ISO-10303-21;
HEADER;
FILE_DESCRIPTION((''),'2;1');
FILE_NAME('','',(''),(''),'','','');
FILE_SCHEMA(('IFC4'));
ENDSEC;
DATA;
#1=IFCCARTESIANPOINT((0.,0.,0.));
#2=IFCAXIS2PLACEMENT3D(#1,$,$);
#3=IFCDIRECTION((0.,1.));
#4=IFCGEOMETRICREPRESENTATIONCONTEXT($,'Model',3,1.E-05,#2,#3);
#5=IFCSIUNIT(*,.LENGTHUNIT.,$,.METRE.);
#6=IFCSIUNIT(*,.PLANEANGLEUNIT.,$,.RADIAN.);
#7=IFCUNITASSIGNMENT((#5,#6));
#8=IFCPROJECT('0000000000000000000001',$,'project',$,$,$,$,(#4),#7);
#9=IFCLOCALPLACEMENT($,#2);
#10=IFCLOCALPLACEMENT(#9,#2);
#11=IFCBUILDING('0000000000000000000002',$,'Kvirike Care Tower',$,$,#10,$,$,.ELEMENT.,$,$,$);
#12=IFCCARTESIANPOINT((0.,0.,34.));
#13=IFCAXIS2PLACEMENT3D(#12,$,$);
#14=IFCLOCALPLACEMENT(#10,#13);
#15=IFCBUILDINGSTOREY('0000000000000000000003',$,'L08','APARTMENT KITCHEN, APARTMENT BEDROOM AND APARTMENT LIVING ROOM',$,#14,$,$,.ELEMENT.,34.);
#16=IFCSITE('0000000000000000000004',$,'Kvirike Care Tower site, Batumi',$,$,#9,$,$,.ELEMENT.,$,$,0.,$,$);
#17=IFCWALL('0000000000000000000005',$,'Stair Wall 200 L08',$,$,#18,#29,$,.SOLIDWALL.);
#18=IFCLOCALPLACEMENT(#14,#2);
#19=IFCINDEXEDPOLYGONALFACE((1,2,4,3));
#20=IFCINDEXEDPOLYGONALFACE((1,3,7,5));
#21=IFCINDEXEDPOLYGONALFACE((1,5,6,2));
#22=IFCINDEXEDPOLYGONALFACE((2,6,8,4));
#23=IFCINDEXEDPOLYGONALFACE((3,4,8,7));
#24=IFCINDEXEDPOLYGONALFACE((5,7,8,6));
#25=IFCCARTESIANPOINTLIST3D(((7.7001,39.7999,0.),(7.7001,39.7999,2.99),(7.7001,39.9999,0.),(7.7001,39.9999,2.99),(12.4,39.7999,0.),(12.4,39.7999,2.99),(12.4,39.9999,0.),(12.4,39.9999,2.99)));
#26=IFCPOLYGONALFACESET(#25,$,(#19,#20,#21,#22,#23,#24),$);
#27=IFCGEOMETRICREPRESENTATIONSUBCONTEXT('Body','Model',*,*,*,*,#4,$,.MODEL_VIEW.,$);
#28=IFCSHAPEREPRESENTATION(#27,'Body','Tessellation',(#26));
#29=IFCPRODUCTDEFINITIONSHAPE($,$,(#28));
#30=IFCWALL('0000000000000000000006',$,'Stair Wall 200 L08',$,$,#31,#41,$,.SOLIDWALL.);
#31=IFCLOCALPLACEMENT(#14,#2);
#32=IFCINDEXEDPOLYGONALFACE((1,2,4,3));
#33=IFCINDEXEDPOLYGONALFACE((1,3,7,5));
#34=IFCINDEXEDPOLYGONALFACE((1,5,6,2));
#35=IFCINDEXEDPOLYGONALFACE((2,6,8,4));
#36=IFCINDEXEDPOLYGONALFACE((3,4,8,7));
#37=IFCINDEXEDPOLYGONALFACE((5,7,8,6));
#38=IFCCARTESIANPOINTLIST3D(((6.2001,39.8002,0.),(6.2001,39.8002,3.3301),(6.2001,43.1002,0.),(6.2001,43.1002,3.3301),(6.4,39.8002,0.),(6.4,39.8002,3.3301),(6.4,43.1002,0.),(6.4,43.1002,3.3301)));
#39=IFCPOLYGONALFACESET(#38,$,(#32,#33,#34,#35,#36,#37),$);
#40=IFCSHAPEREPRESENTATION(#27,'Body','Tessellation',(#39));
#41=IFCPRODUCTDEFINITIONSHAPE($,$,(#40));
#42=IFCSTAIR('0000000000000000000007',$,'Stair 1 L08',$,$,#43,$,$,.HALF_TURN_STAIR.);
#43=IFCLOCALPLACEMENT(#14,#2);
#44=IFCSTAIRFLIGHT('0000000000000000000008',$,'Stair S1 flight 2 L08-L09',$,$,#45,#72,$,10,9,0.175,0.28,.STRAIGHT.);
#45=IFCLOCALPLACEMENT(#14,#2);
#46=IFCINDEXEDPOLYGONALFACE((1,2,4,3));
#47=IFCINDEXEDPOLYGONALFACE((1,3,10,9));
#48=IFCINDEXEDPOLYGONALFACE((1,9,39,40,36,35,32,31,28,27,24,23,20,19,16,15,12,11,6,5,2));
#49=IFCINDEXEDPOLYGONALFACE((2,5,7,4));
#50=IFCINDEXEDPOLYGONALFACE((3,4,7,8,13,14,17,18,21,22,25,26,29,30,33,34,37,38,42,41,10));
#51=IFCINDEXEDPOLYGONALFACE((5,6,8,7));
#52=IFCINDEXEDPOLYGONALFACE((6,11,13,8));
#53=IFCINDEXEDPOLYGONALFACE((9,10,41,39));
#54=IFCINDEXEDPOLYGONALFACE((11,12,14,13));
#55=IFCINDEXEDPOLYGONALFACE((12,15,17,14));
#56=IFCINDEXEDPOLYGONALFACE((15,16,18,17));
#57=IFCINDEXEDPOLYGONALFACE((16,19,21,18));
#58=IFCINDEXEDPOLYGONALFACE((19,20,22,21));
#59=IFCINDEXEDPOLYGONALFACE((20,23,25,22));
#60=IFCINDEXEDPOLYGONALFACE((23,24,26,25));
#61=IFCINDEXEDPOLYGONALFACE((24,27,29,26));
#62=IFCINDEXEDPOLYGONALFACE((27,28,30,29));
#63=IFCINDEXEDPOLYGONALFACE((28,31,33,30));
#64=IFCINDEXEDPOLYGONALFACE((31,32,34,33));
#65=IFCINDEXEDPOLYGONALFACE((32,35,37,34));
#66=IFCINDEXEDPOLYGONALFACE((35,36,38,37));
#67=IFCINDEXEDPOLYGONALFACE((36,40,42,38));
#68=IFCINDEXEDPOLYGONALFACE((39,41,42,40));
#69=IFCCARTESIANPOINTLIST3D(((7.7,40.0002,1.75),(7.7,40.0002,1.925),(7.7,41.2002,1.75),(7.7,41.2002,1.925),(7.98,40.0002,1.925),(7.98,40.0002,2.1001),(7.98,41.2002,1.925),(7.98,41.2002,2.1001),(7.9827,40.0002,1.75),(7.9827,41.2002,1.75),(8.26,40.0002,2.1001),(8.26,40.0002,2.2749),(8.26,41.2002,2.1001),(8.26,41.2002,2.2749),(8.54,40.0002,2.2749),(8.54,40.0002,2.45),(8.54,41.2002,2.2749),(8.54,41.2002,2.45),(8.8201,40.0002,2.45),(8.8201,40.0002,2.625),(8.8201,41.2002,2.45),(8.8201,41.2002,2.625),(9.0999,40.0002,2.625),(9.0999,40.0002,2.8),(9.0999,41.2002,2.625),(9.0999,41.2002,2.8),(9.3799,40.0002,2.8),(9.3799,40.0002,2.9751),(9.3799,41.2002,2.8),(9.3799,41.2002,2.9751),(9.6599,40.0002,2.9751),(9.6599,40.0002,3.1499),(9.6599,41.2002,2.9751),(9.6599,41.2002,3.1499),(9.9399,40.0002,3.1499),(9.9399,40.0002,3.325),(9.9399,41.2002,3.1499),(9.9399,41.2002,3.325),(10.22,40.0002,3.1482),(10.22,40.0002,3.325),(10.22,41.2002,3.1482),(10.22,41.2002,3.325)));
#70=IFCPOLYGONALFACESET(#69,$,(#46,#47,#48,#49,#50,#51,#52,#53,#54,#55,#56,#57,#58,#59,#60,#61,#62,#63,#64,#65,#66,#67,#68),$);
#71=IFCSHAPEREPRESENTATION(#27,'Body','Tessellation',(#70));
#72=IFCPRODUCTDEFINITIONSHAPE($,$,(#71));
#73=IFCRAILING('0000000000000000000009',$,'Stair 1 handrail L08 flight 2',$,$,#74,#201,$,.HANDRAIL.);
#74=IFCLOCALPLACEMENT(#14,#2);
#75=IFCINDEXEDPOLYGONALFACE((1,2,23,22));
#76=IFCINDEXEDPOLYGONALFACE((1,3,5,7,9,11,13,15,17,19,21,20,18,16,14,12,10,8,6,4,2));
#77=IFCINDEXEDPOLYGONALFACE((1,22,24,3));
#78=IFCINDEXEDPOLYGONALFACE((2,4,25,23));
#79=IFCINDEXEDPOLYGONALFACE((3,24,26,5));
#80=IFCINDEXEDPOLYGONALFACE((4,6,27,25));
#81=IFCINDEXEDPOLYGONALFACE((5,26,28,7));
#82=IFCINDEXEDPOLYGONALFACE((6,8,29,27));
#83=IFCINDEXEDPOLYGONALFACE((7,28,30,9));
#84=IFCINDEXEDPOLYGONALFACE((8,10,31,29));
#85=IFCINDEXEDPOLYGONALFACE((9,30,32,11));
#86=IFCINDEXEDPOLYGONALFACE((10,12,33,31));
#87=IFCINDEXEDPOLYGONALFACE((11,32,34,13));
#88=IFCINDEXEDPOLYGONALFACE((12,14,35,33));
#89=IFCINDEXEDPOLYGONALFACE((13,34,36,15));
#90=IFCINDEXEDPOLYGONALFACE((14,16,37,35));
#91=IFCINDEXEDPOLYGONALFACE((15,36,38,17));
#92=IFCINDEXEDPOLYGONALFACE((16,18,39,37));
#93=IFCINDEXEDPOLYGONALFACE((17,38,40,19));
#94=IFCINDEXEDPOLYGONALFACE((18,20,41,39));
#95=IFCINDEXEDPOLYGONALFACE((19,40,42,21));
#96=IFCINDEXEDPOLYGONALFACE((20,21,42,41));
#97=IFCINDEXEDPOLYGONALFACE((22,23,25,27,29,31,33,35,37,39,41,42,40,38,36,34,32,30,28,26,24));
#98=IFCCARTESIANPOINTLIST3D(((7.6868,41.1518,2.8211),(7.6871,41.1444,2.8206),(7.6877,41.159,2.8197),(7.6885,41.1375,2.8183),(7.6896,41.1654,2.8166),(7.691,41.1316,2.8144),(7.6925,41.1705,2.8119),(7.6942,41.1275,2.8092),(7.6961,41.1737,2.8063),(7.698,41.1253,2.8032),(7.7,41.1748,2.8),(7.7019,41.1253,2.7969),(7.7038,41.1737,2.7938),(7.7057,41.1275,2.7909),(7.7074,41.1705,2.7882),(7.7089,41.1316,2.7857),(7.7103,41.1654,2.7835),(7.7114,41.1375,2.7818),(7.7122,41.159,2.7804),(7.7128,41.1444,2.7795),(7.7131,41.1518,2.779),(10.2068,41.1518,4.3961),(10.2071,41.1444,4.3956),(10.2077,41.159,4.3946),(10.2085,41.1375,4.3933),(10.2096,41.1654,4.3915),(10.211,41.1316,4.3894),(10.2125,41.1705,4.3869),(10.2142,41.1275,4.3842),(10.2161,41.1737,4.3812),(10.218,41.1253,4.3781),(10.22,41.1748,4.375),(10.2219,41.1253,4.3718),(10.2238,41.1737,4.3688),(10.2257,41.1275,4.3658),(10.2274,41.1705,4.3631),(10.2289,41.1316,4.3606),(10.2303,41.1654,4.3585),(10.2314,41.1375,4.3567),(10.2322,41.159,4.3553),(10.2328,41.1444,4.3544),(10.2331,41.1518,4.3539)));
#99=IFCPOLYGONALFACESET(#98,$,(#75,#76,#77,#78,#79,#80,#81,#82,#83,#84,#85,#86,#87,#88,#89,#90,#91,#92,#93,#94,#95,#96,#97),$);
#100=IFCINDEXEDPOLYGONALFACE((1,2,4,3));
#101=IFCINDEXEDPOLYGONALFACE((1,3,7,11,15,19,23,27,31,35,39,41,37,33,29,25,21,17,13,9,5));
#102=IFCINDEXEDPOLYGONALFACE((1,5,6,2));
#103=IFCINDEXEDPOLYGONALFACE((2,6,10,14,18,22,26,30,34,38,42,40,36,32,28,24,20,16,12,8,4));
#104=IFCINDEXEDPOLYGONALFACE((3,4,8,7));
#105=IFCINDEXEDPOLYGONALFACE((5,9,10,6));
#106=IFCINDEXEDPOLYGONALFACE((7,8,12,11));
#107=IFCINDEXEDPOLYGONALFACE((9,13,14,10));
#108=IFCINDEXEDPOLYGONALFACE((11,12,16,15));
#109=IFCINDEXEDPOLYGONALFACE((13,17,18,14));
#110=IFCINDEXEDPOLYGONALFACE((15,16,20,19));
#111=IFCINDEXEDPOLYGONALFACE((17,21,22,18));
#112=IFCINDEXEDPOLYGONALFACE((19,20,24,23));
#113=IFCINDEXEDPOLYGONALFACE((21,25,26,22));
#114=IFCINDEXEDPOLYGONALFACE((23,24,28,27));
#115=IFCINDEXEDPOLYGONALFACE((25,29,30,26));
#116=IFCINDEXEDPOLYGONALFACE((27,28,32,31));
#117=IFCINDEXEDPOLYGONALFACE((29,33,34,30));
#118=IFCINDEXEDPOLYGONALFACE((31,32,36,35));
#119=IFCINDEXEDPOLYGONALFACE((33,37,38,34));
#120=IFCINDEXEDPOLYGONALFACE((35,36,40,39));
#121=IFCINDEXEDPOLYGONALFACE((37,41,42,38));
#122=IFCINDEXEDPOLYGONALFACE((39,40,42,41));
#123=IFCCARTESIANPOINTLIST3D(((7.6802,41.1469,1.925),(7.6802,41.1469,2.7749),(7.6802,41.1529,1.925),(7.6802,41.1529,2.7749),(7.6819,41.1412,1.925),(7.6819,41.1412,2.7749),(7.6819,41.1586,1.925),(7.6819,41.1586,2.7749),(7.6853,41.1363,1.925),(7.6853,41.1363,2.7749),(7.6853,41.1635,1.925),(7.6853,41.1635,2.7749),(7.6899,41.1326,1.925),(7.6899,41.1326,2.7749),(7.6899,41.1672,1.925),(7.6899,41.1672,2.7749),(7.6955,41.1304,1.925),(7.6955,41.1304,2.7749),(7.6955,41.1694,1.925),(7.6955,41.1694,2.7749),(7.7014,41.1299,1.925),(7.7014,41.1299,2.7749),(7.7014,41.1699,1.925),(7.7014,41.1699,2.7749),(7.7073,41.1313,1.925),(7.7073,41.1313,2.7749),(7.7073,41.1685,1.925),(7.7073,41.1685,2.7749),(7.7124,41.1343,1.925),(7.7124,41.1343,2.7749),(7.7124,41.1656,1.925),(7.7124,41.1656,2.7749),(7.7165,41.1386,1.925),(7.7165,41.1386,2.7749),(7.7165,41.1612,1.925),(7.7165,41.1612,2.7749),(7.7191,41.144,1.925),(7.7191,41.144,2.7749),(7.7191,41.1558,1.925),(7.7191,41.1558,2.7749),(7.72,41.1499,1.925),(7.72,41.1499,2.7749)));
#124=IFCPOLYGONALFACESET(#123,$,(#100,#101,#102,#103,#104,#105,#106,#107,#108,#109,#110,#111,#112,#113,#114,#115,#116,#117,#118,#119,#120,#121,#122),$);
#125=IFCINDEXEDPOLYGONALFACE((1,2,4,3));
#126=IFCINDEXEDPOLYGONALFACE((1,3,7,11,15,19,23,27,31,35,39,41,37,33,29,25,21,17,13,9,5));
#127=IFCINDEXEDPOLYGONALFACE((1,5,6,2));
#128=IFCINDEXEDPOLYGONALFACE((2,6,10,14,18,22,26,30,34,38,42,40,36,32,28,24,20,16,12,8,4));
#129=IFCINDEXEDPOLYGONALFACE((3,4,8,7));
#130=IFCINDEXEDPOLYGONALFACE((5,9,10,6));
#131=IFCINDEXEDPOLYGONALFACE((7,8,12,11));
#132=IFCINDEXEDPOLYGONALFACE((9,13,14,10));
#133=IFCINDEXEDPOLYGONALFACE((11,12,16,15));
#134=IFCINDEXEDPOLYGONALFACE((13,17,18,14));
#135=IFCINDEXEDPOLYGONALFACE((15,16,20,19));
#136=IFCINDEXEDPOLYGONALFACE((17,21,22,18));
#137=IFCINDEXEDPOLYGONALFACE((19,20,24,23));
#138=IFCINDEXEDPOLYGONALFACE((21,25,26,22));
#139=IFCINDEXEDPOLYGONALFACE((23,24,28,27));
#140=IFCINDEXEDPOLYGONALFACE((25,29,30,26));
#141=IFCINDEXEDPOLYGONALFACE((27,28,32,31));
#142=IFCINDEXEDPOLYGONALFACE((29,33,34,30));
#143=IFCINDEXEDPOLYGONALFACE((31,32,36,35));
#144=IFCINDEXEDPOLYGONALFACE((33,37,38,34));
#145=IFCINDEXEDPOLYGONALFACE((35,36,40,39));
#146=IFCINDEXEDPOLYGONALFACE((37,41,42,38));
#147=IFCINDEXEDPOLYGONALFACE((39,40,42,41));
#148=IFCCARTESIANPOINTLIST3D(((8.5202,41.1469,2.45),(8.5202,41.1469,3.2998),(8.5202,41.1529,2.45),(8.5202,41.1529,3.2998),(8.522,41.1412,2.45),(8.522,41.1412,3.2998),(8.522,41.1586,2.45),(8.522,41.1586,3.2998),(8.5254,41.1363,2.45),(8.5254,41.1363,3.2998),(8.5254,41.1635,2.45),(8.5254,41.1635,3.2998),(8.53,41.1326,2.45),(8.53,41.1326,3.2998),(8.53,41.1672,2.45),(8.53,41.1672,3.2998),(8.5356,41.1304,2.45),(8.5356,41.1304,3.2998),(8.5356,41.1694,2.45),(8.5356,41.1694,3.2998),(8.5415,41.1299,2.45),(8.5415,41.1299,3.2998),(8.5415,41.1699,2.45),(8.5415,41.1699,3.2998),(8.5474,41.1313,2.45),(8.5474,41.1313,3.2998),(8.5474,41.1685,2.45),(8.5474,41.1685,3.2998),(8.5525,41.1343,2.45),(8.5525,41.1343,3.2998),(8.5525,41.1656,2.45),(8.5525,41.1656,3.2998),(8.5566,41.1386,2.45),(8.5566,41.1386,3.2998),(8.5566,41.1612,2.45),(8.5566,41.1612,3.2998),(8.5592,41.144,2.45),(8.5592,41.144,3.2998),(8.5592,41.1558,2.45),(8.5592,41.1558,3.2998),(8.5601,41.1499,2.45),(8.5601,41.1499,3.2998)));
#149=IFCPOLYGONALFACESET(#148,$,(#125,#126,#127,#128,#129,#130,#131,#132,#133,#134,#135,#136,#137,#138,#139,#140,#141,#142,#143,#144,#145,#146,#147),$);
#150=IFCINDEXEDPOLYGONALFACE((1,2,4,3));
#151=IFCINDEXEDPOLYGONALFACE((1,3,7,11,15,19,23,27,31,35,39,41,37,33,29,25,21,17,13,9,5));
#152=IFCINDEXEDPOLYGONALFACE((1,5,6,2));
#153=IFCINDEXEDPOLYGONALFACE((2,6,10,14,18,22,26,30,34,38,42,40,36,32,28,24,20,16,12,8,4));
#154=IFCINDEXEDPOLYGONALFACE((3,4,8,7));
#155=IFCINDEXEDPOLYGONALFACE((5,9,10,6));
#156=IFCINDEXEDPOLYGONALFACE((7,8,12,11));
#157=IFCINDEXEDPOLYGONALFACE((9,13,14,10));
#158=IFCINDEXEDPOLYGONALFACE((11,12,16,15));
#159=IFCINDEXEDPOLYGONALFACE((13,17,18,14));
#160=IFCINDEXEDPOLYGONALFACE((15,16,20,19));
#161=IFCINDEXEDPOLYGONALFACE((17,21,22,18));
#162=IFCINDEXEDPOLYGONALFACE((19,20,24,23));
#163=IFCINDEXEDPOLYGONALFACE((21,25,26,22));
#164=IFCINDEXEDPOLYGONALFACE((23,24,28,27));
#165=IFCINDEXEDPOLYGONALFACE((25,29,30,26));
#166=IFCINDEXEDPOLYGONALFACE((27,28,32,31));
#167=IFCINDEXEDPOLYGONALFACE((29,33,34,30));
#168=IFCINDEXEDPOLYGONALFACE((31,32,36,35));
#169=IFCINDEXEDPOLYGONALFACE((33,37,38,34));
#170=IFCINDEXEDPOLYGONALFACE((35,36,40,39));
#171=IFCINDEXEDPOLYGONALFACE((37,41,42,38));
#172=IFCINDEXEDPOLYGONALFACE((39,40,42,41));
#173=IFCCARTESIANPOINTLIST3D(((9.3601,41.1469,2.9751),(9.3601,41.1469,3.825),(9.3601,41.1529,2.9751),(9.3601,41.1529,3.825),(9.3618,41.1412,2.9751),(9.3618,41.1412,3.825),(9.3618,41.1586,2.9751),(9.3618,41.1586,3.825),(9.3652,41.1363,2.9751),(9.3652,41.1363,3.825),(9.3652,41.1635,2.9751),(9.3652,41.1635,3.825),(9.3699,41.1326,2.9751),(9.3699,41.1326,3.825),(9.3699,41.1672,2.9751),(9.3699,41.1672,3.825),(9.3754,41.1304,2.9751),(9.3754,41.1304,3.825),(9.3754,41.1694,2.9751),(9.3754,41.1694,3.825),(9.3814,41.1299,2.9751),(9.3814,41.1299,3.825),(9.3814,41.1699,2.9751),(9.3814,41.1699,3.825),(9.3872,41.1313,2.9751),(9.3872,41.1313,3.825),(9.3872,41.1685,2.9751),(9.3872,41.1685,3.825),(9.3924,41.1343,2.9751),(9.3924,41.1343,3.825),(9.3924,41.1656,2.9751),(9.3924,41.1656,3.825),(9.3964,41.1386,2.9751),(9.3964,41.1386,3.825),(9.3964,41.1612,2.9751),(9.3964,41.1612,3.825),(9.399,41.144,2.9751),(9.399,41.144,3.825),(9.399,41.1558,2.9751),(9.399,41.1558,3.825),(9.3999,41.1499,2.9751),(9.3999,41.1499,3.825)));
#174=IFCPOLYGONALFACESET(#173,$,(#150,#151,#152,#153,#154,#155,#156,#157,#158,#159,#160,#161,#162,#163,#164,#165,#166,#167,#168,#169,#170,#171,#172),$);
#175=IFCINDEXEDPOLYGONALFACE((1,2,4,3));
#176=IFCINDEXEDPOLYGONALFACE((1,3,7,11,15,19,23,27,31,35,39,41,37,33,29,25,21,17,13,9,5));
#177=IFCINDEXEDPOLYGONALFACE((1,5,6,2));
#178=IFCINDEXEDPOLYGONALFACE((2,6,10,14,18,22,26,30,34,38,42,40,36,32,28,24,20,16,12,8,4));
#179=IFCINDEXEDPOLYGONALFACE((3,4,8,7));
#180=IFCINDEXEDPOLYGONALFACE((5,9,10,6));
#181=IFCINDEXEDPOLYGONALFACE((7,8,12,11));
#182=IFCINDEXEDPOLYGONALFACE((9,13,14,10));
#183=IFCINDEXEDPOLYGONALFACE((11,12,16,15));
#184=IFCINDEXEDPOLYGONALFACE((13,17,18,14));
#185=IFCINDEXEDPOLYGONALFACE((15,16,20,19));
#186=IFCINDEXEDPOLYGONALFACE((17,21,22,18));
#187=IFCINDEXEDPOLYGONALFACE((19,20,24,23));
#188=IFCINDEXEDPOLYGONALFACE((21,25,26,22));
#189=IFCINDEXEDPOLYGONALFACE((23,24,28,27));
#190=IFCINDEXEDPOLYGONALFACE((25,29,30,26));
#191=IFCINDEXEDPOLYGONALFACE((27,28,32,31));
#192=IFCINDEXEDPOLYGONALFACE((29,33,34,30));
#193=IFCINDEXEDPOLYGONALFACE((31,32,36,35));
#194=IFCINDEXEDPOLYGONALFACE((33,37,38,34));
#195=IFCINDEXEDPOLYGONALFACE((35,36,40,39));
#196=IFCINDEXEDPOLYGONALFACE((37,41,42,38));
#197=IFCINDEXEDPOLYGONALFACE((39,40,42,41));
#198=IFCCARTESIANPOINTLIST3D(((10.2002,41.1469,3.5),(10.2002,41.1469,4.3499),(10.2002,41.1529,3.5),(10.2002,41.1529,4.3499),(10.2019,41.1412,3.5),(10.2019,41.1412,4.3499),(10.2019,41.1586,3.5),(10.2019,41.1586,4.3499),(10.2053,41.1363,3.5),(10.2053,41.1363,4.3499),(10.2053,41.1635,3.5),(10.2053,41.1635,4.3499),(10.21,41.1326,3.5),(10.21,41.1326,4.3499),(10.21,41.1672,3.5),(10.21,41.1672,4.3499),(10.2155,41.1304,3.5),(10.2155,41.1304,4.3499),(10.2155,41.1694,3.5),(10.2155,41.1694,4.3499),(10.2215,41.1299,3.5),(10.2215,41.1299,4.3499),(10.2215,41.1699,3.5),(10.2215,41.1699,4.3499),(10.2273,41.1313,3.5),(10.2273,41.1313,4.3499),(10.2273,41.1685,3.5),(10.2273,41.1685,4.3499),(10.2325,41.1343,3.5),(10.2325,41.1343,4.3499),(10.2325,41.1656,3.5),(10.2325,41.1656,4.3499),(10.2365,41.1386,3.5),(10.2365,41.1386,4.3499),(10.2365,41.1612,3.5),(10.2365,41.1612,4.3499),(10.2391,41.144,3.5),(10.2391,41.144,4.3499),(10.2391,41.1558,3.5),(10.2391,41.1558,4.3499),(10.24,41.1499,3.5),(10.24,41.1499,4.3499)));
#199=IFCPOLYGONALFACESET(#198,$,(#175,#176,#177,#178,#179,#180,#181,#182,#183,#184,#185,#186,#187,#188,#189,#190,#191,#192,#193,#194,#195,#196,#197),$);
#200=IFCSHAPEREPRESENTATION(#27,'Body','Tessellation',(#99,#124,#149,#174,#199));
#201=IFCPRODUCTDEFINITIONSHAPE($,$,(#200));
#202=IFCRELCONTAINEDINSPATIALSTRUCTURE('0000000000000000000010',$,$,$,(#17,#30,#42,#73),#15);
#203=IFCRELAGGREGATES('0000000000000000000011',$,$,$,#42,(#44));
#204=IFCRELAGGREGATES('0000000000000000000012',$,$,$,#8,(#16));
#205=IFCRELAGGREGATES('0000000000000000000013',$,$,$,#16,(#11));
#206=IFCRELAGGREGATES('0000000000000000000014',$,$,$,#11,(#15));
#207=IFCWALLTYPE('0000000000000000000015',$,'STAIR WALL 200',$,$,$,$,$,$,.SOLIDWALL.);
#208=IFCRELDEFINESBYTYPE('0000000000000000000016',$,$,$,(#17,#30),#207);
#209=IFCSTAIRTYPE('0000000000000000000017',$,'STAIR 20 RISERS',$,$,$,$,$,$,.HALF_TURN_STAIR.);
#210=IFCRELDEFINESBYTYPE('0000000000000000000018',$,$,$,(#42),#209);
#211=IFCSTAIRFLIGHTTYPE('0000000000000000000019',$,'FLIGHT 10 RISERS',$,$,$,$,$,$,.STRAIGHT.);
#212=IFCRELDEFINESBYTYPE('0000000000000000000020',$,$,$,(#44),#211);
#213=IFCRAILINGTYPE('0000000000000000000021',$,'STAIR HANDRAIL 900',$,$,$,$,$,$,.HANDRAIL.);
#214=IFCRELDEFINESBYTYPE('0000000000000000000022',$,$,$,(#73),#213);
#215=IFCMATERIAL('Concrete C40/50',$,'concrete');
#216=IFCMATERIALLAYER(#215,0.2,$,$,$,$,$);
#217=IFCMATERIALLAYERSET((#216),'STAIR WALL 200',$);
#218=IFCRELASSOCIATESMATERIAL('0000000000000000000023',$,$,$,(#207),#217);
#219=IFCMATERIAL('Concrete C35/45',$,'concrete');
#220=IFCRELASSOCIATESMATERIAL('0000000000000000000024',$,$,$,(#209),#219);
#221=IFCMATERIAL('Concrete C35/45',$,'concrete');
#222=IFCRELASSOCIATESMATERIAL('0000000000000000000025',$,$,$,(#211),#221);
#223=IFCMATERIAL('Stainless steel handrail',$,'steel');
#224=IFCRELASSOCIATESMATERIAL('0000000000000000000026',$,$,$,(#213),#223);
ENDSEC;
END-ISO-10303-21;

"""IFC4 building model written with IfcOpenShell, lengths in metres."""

from ifc_helpers import new_model, si_unit, direction, frame, frame_2d, origin, origin_2d, place, context, subcontext, project, spatial, polyline, rectangle, circle, outline, extrude, material, layer, layer_set, type_object, element, aggregate, save


model = new_model("IFC4")

# Units and contexts
model_context = context("Model", 3, precision=1e-05, world=origin(), true_north=direction((0.0, 1.0)))
body_context = subcontext(model_context, "Body", "Model", "MODEL_VIEW")
ifc_project = project(units=[si_unit("LENGTHUNIT", "METRE"), si_unit("PLANEANGLEUNIT", "RADIAN")], contexts=[model_context])

# Site, building, storey
site_placement = place(None, origin())
site = spatial("IfcSite", under=ifc_project, at=site_placement, Name="Kvirike Care Tower site, Batumi", CompositionType="ELEMENT", RefElevation=0.0)
building_placement = place(site_placement, origin())
building = spatial("IfcBuilding", under=site, at=building_placement, Name="Kvirike Care Tower", CompositionType="ELEMENT")
storey_placement = place(building_placement, frame((0.0, 0.0, 34.0)))
storey = spatial("IfcBuildingStorey", under=building, at=storey_placement, Name="L08", Description="APARTMENT KITCHEN, APARTMENT BEDROOM AND APARTMENT LIVING ROOM", CompositionType="ELEMENT", Elevation=34.0)

# Walls
ifc_material_1 = material(Name="Concrete C40/50", Category="concrete")
ifc_layer_1 = layer(ifc_material_1, 0.2)
ifc_layer_set_1 = layer_set([ifc_layer_1], Name="STAIR WALL 200")
wall_type_1 = type_object("IfcWallType", Name="STAIR WALL 200", PredefinedType="SOLIDWALL", material=ifc_layer_set_1)
wall_1_placement = place(storey_placement, frame((7.7, 39.8999, 0.0), z_axis=(0.0, 0.0, 1.0), x_axis=(1.0, 0.0, 0.0)))
element("IfcWall", 1, at=wall_1_placement, inside=storey, type_object=wall_type_1, Name="Stair Wall 200 L08", PredefinedType="SOLIDWALL", context=body_context, shape_type="SweptSolid", body=[
    extrude(rectangle(XDim=4.7, YDim=0.2, at=frame_2d((2.3501, 0.0))), origin(), (0.0, 0.0, 1.0), 2.99),
])
wall_2_placement = place(storey_placement, frame((6.3, 43.1001, 0.0), z_axis=(0.0, 0.0, 1.0), x_axis=(0.0, -1.0, 0.0)))
element("IfcWall", 2, at=wall_2_placement, inside=storey, type_object=wall_type_1, Name="Stair Wall 200 L08", PredefinedType="SOLIDWALL", context=body_context, shape_type="SweptSolid", body=[
    extrude(rectangle(XDim=3.3, YDim=0.2, at=frame_2d((1.6499, 0.0))), origin(), (0.0, 0.0, 1.0), 3.3301),
])

# Stair, stair flight
ifc_material_2 = material(Name="Concrete C35/45", Category="concrete")
stair_type = type_object("IfcStairType", Name="STAIR 20 RISERS", PredefinedType="HALF_TURN_STAIR", material=ifc_material_2)
stair_placement = place(storey_placement, origin())
stair = element("IfcStair", 3, at=stair_placement, inside=storey, type_object=stair_type, Name="Stair 1 L08", PredefinedType="HALF_TURN_STAIR")
ifc_material_3 = material(Name="Concrete C35/45", Category="concrete")
stair_flight_type = type_object("IfcStairFlightType", Name="FLIGHT 10 RISERS", PredefinedType="STRAIGHT", material=ifc_material_3)
stair_flight_placement = place(storey_placement, frame((7.7, 40.6001, 1.75), z_axis=(0.0, 0.0, 1.0), x_axis=(1.0, 0.0, 0.0)))
stair_flight = element("IfcStairFlight", 4, at=stair_flight_placement, type_object=stair_flight_type, Name="Stair S1 flight 2 L08-L09", NumberOfRisers=10, NumberOfTreads=9, PredefinedType="STRAIGHT", RiserHeight=0.175, TreadLength=0.28, context=body_context, shape_type="SweptSolid", body=[
    extrude(outline(polyline([(0.0, 0.0), (0.0, 0.175), (0.28, 0.175), (0.28, 0.3501), (0.5601, 0.3501), (0.5601, 0.5249), (0.8401, 0.5249), (0.8401, 0.7), (1.1201, 0.7), (1.1201, 0.875), (1.3999, 0.875), (1.3999, 1.05), (1.6799, 1.05), (1.6799, 1.2251), (1.96, 1.2251), (1.96, 1.3999), (2.24, 1.3999), (2.24, 1.575), (2.52, 1.575), (2.52, 1.75), (2.52, 1.3982), (0.2827, 0.0), (0.0, 0.0)])), frame((0.0, 0.6001, 0.0), z_axis=(0.0, -1.0, 0.0), x_axis=(1.0, 0.0, 0.0)), (0.0, 0.0, 1.0), 1.2),
])
aggregate(stair, [stair_flight])

# Railing
ifc_material_4 = material(Name="Stainless steel handrail", Category="steel")
railing_type = type_object("IfcRailingType", Name="STAIR HANDRAIL 900", PredefinedType="HANDRAIL", material=ifc_material_4)
railing_placement = place(storey_placement, frame((7.7, 41.1499, 1.925)))
element("IfcRailing", 5, at=railing_placement, inside=storey, type_object=railing_type, Name="Stair 1 handrail L08 flight 2", PredefinedType="HANDRAIL", context=body_context, shape_type="SweptSolid", body=[
    extrude(circle(Radius=0.0249, at=origin_2d()), frame((0.0, 0.0, 0.875), z_axis=(0.848008, 0.0, 0.529984), x_axis=(0.0, 1.0, 0.0)), (0.0, 0.0, 1.0), 2.9717),
    extrude(circle(Radius=0.02, at=origin_2d()), origin(), (0.0, 0.0, 1.0), 0.8499),
    extrude(circle(Radius=0.02, at=origin_2d()), frame((0.8401, 0.0, 0.5249)), (0.0, 0.0, 1.0), 0.8499),
    extrude(circle(Radius=0.02, at=origin_2d()), frame((1.6799, 0.0, 1.05)), (0.0, 0.0, 1.0), 0.8499),
    extrude(circle(Radius=0.02, at=origin_2d()), frame((2.52, 0.0, 1.575)), (0.0, 0.0, 1.0), 0.8499),
])

save(model, "model.ifc")
